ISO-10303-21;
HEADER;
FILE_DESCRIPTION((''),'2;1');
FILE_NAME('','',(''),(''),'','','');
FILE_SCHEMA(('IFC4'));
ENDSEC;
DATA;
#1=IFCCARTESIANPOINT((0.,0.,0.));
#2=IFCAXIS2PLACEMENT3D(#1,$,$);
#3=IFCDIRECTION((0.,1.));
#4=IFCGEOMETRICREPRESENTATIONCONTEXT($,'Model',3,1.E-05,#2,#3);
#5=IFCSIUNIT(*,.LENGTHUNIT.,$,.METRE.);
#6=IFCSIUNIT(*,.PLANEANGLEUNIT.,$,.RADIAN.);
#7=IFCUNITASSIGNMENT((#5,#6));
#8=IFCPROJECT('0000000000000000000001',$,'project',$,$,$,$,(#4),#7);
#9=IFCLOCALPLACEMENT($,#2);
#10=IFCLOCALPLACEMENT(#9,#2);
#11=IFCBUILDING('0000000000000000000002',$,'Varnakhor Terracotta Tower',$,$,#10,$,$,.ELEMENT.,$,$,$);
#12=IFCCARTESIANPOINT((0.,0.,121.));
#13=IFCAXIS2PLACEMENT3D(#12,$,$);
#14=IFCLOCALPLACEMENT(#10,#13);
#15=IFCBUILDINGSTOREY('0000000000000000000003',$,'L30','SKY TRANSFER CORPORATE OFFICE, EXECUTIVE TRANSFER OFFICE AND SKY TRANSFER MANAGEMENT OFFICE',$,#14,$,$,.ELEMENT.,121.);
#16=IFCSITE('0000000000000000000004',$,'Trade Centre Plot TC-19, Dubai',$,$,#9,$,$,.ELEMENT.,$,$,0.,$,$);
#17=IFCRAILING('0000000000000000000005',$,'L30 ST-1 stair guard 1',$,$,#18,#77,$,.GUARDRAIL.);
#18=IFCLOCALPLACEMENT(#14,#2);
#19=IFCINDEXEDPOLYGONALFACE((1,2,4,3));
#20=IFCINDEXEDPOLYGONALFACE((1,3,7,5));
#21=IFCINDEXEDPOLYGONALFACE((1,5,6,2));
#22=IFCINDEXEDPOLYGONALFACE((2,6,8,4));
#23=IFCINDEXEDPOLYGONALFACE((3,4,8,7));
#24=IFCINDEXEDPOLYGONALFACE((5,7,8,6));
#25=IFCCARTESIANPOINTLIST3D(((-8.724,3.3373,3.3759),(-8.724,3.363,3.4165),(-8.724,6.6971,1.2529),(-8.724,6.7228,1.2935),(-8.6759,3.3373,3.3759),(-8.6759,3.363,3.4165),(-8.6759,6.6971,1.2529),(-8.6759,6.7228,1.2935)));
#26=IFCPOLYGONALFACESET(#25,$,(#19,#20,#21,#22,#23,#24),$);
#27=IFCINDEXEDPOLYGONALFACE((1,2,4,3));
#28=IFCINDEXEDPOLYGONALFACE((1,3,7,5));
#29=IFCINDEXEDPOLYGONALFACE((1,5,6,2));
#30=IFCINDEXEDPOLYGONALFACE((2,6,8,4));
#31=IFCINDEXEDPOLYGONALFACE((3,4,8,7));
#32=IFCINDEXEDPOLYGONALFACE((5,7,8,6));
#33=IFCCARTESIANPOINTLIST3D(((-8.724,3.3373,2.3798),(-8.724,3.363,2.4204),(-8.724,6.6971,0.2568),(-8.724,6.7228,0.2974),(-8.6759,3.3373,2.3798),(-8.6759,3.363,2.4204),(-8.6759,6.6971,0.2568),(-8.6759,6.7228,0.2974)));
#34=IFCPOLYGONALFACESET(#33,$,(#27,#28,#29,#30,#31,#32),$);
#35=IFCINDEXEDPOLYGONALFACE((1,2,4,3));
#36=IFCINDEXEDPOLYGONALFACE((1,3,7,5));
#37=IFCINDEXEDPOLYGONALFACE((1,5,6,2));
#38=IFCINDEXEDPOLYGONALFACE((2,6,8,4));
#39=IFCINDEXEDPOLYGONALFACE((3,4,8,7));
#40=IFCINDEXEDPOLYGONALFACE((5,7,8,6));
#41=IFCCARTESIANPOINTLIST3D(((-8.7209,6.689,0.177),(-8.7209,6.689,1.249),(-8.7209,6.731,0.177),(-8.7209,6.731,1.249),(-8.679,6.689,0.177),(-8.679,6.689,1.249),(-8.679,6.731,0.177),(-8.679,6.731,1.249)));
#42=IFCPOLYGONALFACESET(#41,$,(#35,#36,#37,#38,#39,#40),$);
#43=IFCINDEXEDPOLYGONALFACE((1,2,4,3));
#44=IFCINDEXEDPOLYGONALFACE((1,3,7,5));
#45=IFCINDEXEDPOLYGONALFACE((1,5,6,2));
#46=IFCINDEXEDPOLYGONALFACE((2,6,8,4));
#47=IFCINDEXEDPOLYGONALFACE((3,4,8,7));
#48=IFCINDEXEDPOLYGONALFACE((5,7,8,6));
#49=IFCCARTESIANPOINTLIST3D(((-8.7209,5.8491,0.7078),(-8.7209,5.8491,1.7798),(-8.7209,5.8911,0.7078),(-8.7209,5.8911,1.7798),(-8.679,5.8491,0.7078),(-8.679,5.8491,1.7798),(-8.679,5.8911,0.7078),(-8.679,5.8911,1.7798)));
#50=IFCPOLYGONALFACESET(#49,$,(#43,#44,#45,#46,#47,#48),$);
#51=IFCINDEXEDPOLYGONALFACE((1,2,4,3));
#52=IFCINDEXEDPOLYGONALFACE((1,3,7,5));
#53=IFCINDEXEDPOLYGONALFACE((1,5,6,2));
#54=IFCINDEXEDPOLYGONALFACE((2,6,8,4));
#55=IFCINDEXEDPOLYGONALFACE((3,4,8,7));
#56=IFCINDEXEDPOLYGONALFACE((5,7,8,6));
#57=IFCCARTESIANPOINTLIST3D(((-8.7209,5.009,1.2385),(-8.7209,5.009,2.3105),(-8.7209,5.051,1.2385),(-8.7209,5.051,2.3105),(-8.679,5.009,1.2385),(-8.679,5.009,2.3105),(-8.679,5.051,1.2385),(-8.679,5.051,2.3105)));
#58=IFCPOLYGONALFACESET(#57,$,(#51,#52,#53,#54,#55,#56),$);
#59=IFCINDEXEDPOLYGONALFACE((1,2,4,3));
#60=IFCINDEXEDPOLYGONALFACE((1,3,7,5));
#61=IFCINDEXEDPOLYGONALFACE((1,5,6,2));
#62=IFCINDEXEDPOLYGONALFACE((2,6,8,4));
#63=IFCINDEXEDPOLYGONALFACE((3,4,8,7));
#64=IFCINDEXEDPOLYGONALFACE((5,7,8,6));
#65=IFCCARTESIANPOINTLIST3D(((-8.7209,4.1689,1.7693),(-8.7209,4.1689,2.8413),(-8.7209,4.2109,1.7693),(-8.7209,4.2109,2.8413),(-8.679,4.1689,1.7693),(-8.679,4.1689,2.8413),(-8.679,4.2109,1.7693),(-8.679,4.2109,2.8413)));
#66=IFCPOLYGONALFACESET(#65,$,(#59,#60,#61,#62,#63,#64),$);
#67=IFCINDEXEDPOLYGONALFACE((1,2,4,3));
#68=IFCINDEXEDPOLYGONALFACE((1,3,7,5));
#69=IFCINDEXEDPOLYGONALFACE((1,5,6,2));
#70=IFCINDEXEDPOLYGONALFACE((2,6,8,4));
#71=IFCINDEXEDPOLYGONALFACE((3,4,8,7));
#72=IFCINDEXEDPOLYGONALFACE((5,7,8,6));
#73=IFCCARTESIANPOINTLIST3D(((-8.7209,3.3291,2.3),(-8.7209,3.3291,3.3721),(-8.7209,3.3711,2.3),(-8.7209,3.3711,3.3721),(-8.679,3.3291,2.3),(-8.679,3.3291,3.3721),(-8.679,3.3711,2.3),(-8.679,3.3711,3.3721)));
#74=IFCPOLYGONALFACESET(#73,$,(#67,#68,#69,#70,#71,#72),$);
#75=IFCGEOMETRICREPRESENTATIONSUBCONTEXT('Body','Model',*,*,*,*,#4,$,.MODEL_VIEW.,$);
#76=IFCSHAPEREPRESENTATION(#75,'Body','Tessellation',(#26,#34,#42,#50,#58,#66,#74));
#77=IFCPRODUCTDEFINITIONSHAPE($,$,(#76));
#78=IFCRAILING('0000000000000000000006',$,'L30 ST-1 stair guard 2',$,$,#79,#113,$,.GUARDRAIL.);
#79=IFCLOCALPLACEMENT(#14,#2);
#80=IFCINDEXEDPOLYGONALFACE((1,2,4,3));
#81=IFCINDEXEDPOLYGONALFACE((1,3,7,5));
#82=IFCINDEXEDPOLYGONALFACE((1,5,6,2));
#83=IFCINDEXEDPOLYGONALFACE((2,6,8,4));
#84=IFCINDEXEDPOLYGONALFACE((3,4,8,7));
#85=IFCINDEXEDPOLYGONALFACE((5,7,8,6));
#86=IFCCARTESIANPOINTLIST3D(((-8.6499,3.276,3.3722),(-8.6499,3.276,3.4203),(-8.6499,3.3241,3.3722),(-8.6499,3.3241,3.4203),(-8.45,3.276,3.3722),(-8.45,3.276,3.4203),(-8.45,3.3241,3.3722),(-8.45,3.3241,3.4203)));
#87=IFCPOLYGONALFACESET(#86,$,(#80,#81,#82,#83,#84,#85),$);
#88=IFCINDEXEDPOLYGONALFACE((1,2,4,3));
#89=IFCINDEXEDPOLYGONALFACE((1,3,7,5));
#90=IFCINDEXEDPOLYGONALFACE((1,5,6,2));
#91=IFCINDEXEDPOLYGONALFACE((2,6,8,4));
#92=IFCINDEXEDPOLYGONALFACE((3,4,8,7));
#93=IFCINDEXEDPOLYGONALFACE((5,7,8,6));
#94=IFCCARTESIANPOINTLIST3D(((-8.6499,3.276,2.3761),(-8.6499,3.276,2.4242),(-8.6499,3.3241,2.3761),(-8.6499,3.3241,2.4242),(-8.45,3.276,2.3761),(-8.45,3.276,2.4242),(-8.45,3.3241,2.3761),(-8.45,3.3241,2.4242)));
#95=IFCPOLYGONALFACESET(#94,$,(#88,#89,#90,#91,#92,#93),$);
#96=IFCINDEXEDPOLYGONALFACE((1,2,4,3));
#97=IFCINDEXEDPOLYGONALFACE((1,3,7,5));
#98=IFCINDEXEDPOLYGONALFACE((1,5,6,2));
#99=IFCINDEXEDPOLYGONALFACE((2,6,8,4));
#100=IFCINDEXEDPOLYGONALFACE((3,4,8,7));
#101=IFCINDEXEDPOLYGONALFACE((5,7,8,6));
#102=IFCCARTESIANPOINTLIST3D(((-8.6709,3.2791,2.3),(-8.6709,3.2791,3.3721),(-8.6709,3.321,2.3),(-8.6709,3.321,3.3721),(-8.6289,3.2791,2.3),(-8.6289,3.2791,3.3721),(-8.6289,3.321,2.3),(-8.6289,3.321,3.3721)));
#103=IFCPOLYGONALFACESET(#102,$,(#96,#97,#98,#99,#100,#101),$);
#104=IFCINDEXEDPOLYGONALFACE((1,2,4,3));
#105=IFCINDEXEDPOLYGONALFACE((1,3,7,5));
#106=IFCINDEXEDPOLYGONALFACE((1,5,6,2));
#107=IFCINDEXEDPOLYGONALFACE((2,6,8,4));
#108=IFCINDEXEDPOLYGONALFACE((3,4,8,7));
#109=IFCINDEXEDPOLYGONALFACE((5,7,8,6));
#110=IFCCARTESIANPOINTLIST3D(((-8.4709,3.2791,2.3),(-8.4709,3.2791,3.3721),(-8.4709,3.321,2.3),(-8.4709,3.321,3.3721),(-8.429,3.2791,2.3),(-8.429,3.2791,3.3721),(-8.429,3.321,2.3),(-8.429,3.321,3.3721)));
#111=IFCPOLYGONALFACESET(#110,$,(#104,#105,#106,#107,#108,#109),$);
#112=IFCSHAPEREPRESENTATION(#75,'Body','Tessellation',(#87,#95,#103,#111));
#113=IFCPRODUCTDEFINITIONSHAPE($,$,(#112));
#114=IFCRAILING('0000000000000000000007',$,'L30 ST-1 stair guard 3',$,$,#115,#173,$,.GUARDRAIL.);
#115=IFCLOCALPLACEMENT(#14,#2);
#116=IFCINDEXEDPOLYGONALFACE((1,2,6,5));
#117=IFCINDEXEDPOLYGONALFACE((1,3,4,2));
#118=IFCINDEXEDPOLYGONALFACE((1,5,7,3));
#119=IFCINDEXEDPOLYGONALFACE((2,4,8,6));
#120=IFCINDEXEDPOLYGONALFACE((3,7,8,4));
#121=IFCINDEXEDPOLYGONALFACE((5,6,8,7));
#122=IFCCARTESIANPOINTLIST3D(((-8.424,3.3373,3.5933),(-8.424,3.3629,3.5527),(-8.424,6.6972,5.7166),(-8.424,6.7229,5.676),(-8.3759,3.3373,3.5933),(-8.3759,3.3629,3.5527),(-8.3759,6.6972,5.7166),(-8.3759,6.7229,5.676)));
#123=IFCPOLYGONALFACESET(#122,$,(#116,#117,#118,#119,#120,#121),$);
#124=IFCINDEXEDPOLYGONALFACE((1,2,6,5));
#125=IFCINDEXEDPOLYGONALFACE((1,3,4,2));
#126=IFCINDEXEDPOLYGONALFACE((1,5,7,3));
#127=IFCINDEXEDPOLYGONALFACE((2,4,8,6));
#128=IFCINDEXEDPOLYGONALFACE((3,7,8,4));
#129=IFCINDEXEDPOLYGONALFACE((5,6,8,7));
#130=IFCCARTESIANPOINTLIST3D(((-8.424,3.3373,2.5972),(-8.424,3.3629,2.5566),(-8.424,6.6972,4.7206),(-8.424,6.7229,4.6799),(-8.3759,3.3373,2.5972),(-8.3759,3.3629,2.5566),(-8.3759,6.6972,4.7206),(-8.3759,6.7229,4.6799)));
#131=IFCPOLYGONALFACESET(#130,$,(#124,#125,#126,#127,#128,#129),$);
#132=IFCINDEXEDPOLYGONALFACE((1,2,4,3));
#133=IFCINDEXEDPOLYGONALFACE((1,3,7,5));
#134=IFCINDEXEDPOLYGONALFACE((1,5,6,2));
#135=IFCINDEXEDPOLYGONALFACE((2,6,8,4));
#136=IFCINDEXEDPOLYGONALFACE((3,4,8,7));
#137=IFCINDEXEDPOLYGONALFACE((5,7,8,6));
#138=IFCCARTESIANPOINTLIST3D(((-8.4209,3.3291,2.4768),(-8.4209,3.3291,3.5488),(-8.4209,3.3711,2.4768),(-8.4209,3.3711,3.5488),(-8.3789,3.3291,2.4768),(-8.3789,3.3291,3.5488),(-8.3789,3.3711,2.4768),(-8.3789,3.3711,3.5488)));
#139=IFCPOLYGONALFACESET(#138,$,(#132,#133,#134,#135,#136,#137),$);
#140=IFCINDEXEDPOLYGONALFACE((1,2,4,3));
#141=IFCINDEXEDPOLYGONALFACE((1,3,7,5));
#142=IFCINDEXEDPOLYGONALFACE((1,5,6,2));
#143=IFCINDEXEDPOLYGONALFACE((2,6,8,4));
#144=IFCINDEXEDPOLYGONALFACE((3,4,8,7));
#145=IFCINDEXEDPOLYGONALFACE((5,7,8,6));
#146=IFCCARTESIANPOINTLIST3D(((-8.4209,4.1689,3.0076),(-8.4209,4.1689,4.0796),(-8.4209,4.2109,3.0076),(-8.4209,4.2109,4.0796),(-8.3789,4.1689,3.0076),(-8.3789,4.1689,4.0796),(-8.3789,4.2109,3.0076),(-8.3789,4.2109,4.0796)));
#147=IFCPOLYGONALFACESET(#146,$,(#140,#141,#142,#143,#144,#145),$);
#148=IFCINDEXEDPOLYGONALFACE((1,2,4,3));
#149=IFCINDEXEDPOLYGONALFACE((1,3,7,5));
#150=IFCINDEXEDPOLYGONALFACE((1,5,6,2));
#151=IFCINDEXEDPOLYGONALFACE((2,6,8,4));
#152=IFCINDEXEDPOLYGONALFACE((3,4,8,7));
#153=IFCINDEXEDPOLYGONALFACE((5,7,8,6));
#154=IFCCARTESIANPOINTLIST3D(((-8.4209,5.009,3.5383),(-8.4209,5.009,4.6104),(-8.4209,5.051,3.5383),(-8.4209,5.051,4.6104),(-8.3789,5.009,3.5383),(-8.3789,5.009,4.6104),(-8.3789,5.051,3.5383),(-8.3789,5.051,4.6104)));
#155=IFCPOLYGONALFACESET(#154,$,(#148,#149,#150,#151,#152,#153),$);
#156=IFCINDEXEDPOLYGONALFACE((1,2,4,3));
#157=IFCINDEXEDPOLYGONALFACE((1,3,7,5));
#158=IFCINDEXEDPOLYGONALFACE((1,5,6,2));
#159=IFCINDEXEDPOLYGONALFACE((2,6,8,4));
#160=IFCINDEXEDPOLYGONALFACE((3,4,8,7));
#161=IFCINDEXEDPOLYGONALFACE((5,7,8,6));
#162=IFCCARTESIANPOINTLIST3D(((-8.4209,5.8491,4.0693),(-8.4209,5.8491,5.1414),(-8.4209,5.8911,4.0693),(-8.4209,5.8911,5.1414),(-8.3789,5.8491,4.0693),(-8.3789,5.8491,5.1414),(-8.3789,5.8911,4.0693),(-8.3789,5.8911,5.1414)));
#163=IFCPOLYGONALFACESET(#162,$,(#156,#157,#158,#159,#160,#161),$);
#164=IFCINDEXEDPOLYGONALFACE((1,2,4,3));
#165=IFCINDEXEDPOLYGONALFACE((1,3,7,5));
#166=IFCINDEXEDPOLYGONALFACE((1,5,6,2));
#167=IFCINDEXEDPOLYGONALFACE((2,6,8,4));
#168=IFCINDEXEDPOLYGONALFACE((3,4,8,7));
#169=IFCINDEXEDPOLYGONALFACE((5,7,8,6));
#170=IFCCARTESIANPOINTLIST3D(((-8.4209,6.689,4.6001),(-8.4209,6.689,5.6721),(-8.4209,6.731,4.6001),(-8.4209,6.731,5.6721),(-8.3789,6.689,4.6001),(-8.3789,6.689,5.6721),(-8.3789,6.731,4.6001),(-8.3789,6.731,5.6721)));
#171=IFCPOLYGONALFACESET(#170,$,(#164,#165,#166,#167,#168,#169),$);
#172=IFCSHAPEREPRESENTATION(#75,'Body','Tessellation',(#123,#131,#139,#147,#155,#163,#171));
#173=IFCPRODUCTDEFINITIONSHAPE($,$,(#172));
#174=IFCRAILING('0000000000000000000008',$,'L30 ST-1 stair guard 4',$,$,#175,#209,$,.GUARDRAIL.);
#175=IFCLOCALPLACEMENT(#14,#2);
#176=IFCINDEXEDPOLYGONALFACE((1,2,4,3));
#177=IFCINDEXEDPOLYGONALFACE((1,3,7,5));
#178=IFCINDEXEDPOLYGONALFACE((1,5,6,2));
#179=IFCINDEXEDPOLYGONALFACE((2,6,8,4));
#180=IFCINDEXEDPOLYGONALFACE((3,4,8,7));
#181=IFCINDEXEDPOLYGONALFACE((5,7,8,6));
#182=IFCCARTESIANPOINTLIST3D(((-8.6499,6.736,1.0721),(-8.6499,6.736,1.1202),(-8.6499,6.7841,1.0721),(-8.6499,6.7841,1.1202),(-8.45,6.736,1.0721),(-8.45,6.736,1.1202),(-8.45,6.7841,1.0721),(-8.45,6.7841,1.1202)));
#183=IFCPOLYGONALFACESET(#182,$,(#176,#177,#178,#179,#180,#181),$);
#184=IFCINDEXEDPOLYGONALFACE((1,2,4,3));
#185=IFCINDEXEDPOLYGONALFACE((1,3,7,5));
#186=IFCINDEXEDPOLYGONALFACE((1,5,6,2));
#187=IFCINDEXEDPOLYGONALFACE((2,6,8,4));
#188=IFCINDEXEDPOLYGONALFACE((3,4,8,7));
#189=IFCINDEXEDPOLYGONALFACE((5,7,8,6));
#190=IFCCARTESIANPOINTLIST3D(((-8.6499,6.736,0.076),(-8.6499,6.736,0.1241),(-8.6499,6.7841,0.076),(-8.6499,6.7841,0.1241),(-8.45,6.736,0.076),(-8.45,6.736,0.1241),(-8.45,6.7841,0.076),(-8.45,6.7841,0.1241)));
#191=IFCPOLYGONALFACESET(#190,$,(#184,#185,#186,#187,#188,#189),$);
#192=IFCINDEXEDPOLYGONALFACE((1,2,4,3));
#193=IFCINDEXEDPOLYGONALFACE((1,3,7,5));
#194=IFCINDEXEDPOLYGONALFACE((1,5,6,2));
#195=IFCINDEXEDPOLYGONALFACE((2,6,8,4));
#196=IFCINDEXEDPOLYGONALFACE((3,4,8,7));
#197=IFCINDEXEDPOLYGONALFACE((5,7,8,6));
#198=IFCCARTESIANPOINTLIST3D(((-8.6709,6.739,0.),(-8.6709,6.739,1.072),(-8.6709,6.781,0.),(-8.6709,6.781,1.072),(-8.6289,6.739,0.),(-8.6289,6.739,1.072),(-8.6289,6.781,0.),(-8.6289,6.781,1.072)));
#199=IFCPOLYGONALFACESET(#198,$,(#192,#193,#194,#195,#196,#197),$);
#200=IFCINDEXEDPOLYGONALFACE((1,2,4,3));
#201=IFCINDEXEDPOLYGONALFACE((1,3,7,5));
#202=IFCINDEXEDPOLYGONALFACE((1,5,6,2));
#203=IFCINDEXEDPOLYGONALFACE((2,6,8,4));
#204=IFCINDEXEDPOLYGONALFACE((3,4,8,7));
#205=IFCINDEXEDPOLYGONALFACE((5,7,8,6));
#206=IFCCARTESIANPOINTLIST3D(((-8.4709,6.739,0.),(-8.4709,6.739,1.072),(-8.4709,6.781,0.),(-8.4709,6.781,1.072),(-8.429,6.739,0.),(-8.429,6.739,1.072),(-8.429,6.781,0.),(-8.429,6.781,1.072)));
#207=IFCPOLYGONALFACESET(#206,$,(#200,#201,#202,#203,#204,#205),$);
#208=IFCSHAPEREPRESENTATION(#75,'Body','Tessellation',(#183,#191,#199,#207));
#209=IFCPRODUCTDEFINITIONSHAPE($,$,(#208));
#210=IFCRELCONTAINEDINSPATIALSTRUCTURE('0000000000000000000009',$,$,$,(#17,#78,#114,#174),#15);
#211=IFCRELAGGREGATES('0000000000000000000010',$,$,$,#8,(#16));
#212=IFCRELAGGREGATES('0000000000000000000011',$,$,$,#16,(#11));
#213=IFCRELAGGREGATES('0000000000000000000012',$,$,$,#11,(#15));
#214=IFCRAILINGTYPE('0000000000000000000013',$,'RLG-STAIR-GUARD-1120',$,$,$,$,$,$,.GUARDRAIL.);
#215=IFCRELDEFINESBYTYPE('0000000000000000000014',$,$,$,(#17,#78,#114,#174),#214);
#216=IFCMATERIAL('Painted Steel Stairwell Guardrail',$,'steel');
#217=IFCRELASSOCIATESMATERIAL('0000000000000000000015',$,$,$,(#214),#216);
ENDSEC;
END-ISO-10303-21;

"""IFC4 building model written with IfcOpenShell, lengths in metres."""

from ifc_helpers import new_model, si_unit, direction, frame, origin, origin_2d, place, context, subcontext, project, spatial, rectangle, extrude, material, type_object, element, save


model = new_model("IFC4")

# Units and contexts
model_context = context("Model", 3, precision=1e-05, world=origin(), true_north=direction((0.0, 1.0)))
body_context = subcontext(model_context, "Body", "Model", "MODEL_VIEW")
ifc_project = project(units=[si_unit("LENGTHUNIT", "METRE"), si_unit("PLANEANGLEUNIT", "RADIAN")], contexts=[model_context])

# Site, building, storey
site_placement = place(None, origin())
site = spatial("IfcSite", under=ifc_project, at=site_placement, Name="Trade Centre Plot TC-19, Dubai", CompositionType="ELEMENT", RefElevation=0.0)
building_placement = place(site_placement, origin())
building = spatial("IfcBuilding", under=site, at=building_placement, Name="Varnakhor Terracotta Tower", CompositionType="ELEMENT")
storey_placement = place(building_placement, frame((0.0, 0.0, 121.0)))
storey = spatial("IfcBuildingStorey", under=building, at=storey_placement, Name="L30", Description="SKY TRANSFER CORPORATE OFFICE, EXECUTIVE TRANSFER OFFICE AND SKY TRANSFER MANAGEMENT OFFICE", CompositionType="ELEMENT", Elevation=121.0)

# Railings
ifc_material_1 = material(Name="Painted Steel Stairwell Guardrail", Category="steel")
railing_type_1 = type_object("IfcRailingType", Name="RLG-STAIR-GUARD-1120", PredefinedType="GUARDRAIL", material=ifc_material_1)
railing_1_placement = place(storey_placement, frame((-8.7, 6.71, 0.177)))
element("IfcRailing", 1, at=railing_1_placement, inside=storey, type_object=railing_type_1, Name="L30 ST-1 stair guard 1", PredefinedType="GUARDRAIL", context=body_context, shape_type="SweptSolid", body=[
    extrude(rectangle(XDim=0.0481, YDim=0.0481, at=origin_2d()), frame((0.0, 0.0, 1.0962), z_axis=(0.0, -0.845372, 0.534178), x_axis=(1.0, 0.0, 0.0)), (0.0, 0.0, 1.0), 3.9744),
    extrude(rectangle(XDim=0.0481, YDim=0.0481, at=origin_2d()), frame((0.0, 0.0, 0.1001), z_axis=(0.0, -0.845372, 0.534178), x_axis=(1.0, 0.0, 0.0)), (0.0, 0.0, 1.0), 3.9744),
    extrude(rectangle(XDim=0.042, YDim=0.042, at=origin_2d()), origin(), (0.0, 0.0, 1.0), 1.072),
    extrude(rectangle(XDim=0.042, YDim=0.042, at=origin_2d()), frame((0.0, -0.8398, 0.5308)), (0.0, 0.0, 1.0), 1.072),
    extrude(rectangle(XDim=0.042, YDim=0.042, at=origin_2d()), frame((0.0, -1.6799, 1.0615)), (0.0, 0.0, 1.0), 1.072),
    extrude(rectangle(XDim=0.042, YDim=0.042, at=origin_2d()), frame((0.0, -2.52, 1.5923)), (0.0, 0.0, 1.0), 1.072),
    extrude(rectangle(XDim=0.042, YDim=0.042, at=origin_2d()), frame((0.0, -3.3599, 2.123)), (0.0, 0.0, 1.0), 1.072),
])
railing_2_placement = place(storey_placement, frame((-8.6499, 3.3, 2.3)))
element("IfcRailing", 2, at=railing_2_placement, inside=storey, type_object=railing_type_1, Name="L30 ST-1 stair guard 2", PredefinedType="GUARDRAIL", context=body_context, shape_type="SweptSolid", body=[
    extrude(rectangle(XDim=0.0481, YDim=0.0481, at=origin_2d()), frame((0.0, 0.0, 1.0962), z_axis=(1.0, 0.0, 0.0), x_axis=(0.0, 1.0, 0.0)), (0.0, 0.0, 1.0), 0.2),
    extrude(rectangle(XDim=0.0481, YDim=0.0481, at=origin_2d()), frame((0.0, 0.0, 0.1001), z_axis=(1.0, 0.0, 0.0), x_axis=(0.0, 1.0, 0.0)), (0.0, 0.0, 1.0), 0.2),
    extrude(rectangle(XDim=0.042, YDim=0.042, at=origin_2d()), origin(), (0.0, 0.0, 1.0), 1.072),
    extrude(rectangle(XDim=0.042, YDim=0.042, at=origin_2d()), frame((0.2, 0.0, 0.0)), (0.0, 0.0, 1.0), 1.072),
])
railing_3_placement = place(storey_placement, frame((-8.3999, 3.3501, 2.4768)))
element("IfcRailing", 3, at=railing_3_placement, inside=storey, type_object=railing_type_1, Name="L30 ST-1 stair guard 3", PredefinedType="GUARDRAIL", context=body_context, shape_type="SweptSolid", body=[
    extrude(rectangle(XDim=0.0481, YDim=0.0481, at=origin_2d()), frame((0.0, 0.0, 1.0962), z_axis=(0.0, 0.845344, 0.534222), x_axis=(-1.0, 0.0, 0.0)), (0.0, 0.0, 1.0), 3.9746),
    extrude(rectangle(XDim=0.0481, YDim=0.0481, at=origin_2d()), frame((0.0, 0.0, 0.1001), z_axis=(0.0, 0.845344, 0.534222), x_axis=(-1.0, 0.0, 0.0)), (0.0, 0.0, 1.0), 3.9746),
    extrude(rectangle(XDim=0.042, YDim=0.042, at=origin_2d()), origin(), (0.0, 0.0, 1.0), 1.072),
    extrude(rectangle(XDim=0.042, YDim=0.042, at=origin_2d()), frame((0.0, 0.8398, 0.5308)), (0.0, 0.0, 1.0), 1.072),
    extrude(rectangle(XDim=0.042, YDim=0.042, at=origin_2d()), frame((0.0, 1.6799, 1.0615)), (0.0, 0.0, 1.0), 1.072),
    extrude(rectangle(XDim=0.042, YDim=0.042, at=origin_2d()), frame((0.0, 2.52, 1.5925)), (0.0, 0.0, 1.0), 1.072),
    extrude(rectangle(XDim=0.042, YDim=0.042, at=origin_2d()), frame((0.0, 3.3599, 2.1233)), (0.0, 0.0, 1.0), 1.072),
])
railing_4_placement = place(storey_placement, frame((-8.6499, 6.76, 0.0)))
element("IfcRailing", 4, at=railing_4_placement, inside=storey, type_object=railing_type_1, Name="L30 ST-1 stair guard 4", PredefinedType="GUARDRAIL", context=body_context, shape_type="SweptSolid", body=[
    extrude(rectangle(XDim=0.0481, YDim=0.0481, at=origin_2d()), frame((0.0, 0.0, 1.0962), z_axis=(1.0, 0.0, 0.0), x_axis=(0.0, 1.0, 0.0)), (0.0, 0.0, 1.0), 0.2),
    extrude(rectangle(XDim=0.0481, YDim=0.0481, at=origin_2d()), frame((0.0, 0.0, 0.1001), z_axis=(1.0, 0.0, 0.0), x_axis=(0.0, 1.0, 0.0)), (0.0, 0.0, 1.0), 0.2),
    extrude(rectangle(XDim=0.042, YDim=0.042, at=origin_2d()), origin(), (0.0, 0.0, 1.0), 1.072),
    extrude(rectangle(XDim=0.042, YDim=0.042, at=origin_2d()), frame((0.2, 0.0, 0.0)), (0.0, 0.0, 1.0), 1.072),
])

save(model, "model.ifc")
